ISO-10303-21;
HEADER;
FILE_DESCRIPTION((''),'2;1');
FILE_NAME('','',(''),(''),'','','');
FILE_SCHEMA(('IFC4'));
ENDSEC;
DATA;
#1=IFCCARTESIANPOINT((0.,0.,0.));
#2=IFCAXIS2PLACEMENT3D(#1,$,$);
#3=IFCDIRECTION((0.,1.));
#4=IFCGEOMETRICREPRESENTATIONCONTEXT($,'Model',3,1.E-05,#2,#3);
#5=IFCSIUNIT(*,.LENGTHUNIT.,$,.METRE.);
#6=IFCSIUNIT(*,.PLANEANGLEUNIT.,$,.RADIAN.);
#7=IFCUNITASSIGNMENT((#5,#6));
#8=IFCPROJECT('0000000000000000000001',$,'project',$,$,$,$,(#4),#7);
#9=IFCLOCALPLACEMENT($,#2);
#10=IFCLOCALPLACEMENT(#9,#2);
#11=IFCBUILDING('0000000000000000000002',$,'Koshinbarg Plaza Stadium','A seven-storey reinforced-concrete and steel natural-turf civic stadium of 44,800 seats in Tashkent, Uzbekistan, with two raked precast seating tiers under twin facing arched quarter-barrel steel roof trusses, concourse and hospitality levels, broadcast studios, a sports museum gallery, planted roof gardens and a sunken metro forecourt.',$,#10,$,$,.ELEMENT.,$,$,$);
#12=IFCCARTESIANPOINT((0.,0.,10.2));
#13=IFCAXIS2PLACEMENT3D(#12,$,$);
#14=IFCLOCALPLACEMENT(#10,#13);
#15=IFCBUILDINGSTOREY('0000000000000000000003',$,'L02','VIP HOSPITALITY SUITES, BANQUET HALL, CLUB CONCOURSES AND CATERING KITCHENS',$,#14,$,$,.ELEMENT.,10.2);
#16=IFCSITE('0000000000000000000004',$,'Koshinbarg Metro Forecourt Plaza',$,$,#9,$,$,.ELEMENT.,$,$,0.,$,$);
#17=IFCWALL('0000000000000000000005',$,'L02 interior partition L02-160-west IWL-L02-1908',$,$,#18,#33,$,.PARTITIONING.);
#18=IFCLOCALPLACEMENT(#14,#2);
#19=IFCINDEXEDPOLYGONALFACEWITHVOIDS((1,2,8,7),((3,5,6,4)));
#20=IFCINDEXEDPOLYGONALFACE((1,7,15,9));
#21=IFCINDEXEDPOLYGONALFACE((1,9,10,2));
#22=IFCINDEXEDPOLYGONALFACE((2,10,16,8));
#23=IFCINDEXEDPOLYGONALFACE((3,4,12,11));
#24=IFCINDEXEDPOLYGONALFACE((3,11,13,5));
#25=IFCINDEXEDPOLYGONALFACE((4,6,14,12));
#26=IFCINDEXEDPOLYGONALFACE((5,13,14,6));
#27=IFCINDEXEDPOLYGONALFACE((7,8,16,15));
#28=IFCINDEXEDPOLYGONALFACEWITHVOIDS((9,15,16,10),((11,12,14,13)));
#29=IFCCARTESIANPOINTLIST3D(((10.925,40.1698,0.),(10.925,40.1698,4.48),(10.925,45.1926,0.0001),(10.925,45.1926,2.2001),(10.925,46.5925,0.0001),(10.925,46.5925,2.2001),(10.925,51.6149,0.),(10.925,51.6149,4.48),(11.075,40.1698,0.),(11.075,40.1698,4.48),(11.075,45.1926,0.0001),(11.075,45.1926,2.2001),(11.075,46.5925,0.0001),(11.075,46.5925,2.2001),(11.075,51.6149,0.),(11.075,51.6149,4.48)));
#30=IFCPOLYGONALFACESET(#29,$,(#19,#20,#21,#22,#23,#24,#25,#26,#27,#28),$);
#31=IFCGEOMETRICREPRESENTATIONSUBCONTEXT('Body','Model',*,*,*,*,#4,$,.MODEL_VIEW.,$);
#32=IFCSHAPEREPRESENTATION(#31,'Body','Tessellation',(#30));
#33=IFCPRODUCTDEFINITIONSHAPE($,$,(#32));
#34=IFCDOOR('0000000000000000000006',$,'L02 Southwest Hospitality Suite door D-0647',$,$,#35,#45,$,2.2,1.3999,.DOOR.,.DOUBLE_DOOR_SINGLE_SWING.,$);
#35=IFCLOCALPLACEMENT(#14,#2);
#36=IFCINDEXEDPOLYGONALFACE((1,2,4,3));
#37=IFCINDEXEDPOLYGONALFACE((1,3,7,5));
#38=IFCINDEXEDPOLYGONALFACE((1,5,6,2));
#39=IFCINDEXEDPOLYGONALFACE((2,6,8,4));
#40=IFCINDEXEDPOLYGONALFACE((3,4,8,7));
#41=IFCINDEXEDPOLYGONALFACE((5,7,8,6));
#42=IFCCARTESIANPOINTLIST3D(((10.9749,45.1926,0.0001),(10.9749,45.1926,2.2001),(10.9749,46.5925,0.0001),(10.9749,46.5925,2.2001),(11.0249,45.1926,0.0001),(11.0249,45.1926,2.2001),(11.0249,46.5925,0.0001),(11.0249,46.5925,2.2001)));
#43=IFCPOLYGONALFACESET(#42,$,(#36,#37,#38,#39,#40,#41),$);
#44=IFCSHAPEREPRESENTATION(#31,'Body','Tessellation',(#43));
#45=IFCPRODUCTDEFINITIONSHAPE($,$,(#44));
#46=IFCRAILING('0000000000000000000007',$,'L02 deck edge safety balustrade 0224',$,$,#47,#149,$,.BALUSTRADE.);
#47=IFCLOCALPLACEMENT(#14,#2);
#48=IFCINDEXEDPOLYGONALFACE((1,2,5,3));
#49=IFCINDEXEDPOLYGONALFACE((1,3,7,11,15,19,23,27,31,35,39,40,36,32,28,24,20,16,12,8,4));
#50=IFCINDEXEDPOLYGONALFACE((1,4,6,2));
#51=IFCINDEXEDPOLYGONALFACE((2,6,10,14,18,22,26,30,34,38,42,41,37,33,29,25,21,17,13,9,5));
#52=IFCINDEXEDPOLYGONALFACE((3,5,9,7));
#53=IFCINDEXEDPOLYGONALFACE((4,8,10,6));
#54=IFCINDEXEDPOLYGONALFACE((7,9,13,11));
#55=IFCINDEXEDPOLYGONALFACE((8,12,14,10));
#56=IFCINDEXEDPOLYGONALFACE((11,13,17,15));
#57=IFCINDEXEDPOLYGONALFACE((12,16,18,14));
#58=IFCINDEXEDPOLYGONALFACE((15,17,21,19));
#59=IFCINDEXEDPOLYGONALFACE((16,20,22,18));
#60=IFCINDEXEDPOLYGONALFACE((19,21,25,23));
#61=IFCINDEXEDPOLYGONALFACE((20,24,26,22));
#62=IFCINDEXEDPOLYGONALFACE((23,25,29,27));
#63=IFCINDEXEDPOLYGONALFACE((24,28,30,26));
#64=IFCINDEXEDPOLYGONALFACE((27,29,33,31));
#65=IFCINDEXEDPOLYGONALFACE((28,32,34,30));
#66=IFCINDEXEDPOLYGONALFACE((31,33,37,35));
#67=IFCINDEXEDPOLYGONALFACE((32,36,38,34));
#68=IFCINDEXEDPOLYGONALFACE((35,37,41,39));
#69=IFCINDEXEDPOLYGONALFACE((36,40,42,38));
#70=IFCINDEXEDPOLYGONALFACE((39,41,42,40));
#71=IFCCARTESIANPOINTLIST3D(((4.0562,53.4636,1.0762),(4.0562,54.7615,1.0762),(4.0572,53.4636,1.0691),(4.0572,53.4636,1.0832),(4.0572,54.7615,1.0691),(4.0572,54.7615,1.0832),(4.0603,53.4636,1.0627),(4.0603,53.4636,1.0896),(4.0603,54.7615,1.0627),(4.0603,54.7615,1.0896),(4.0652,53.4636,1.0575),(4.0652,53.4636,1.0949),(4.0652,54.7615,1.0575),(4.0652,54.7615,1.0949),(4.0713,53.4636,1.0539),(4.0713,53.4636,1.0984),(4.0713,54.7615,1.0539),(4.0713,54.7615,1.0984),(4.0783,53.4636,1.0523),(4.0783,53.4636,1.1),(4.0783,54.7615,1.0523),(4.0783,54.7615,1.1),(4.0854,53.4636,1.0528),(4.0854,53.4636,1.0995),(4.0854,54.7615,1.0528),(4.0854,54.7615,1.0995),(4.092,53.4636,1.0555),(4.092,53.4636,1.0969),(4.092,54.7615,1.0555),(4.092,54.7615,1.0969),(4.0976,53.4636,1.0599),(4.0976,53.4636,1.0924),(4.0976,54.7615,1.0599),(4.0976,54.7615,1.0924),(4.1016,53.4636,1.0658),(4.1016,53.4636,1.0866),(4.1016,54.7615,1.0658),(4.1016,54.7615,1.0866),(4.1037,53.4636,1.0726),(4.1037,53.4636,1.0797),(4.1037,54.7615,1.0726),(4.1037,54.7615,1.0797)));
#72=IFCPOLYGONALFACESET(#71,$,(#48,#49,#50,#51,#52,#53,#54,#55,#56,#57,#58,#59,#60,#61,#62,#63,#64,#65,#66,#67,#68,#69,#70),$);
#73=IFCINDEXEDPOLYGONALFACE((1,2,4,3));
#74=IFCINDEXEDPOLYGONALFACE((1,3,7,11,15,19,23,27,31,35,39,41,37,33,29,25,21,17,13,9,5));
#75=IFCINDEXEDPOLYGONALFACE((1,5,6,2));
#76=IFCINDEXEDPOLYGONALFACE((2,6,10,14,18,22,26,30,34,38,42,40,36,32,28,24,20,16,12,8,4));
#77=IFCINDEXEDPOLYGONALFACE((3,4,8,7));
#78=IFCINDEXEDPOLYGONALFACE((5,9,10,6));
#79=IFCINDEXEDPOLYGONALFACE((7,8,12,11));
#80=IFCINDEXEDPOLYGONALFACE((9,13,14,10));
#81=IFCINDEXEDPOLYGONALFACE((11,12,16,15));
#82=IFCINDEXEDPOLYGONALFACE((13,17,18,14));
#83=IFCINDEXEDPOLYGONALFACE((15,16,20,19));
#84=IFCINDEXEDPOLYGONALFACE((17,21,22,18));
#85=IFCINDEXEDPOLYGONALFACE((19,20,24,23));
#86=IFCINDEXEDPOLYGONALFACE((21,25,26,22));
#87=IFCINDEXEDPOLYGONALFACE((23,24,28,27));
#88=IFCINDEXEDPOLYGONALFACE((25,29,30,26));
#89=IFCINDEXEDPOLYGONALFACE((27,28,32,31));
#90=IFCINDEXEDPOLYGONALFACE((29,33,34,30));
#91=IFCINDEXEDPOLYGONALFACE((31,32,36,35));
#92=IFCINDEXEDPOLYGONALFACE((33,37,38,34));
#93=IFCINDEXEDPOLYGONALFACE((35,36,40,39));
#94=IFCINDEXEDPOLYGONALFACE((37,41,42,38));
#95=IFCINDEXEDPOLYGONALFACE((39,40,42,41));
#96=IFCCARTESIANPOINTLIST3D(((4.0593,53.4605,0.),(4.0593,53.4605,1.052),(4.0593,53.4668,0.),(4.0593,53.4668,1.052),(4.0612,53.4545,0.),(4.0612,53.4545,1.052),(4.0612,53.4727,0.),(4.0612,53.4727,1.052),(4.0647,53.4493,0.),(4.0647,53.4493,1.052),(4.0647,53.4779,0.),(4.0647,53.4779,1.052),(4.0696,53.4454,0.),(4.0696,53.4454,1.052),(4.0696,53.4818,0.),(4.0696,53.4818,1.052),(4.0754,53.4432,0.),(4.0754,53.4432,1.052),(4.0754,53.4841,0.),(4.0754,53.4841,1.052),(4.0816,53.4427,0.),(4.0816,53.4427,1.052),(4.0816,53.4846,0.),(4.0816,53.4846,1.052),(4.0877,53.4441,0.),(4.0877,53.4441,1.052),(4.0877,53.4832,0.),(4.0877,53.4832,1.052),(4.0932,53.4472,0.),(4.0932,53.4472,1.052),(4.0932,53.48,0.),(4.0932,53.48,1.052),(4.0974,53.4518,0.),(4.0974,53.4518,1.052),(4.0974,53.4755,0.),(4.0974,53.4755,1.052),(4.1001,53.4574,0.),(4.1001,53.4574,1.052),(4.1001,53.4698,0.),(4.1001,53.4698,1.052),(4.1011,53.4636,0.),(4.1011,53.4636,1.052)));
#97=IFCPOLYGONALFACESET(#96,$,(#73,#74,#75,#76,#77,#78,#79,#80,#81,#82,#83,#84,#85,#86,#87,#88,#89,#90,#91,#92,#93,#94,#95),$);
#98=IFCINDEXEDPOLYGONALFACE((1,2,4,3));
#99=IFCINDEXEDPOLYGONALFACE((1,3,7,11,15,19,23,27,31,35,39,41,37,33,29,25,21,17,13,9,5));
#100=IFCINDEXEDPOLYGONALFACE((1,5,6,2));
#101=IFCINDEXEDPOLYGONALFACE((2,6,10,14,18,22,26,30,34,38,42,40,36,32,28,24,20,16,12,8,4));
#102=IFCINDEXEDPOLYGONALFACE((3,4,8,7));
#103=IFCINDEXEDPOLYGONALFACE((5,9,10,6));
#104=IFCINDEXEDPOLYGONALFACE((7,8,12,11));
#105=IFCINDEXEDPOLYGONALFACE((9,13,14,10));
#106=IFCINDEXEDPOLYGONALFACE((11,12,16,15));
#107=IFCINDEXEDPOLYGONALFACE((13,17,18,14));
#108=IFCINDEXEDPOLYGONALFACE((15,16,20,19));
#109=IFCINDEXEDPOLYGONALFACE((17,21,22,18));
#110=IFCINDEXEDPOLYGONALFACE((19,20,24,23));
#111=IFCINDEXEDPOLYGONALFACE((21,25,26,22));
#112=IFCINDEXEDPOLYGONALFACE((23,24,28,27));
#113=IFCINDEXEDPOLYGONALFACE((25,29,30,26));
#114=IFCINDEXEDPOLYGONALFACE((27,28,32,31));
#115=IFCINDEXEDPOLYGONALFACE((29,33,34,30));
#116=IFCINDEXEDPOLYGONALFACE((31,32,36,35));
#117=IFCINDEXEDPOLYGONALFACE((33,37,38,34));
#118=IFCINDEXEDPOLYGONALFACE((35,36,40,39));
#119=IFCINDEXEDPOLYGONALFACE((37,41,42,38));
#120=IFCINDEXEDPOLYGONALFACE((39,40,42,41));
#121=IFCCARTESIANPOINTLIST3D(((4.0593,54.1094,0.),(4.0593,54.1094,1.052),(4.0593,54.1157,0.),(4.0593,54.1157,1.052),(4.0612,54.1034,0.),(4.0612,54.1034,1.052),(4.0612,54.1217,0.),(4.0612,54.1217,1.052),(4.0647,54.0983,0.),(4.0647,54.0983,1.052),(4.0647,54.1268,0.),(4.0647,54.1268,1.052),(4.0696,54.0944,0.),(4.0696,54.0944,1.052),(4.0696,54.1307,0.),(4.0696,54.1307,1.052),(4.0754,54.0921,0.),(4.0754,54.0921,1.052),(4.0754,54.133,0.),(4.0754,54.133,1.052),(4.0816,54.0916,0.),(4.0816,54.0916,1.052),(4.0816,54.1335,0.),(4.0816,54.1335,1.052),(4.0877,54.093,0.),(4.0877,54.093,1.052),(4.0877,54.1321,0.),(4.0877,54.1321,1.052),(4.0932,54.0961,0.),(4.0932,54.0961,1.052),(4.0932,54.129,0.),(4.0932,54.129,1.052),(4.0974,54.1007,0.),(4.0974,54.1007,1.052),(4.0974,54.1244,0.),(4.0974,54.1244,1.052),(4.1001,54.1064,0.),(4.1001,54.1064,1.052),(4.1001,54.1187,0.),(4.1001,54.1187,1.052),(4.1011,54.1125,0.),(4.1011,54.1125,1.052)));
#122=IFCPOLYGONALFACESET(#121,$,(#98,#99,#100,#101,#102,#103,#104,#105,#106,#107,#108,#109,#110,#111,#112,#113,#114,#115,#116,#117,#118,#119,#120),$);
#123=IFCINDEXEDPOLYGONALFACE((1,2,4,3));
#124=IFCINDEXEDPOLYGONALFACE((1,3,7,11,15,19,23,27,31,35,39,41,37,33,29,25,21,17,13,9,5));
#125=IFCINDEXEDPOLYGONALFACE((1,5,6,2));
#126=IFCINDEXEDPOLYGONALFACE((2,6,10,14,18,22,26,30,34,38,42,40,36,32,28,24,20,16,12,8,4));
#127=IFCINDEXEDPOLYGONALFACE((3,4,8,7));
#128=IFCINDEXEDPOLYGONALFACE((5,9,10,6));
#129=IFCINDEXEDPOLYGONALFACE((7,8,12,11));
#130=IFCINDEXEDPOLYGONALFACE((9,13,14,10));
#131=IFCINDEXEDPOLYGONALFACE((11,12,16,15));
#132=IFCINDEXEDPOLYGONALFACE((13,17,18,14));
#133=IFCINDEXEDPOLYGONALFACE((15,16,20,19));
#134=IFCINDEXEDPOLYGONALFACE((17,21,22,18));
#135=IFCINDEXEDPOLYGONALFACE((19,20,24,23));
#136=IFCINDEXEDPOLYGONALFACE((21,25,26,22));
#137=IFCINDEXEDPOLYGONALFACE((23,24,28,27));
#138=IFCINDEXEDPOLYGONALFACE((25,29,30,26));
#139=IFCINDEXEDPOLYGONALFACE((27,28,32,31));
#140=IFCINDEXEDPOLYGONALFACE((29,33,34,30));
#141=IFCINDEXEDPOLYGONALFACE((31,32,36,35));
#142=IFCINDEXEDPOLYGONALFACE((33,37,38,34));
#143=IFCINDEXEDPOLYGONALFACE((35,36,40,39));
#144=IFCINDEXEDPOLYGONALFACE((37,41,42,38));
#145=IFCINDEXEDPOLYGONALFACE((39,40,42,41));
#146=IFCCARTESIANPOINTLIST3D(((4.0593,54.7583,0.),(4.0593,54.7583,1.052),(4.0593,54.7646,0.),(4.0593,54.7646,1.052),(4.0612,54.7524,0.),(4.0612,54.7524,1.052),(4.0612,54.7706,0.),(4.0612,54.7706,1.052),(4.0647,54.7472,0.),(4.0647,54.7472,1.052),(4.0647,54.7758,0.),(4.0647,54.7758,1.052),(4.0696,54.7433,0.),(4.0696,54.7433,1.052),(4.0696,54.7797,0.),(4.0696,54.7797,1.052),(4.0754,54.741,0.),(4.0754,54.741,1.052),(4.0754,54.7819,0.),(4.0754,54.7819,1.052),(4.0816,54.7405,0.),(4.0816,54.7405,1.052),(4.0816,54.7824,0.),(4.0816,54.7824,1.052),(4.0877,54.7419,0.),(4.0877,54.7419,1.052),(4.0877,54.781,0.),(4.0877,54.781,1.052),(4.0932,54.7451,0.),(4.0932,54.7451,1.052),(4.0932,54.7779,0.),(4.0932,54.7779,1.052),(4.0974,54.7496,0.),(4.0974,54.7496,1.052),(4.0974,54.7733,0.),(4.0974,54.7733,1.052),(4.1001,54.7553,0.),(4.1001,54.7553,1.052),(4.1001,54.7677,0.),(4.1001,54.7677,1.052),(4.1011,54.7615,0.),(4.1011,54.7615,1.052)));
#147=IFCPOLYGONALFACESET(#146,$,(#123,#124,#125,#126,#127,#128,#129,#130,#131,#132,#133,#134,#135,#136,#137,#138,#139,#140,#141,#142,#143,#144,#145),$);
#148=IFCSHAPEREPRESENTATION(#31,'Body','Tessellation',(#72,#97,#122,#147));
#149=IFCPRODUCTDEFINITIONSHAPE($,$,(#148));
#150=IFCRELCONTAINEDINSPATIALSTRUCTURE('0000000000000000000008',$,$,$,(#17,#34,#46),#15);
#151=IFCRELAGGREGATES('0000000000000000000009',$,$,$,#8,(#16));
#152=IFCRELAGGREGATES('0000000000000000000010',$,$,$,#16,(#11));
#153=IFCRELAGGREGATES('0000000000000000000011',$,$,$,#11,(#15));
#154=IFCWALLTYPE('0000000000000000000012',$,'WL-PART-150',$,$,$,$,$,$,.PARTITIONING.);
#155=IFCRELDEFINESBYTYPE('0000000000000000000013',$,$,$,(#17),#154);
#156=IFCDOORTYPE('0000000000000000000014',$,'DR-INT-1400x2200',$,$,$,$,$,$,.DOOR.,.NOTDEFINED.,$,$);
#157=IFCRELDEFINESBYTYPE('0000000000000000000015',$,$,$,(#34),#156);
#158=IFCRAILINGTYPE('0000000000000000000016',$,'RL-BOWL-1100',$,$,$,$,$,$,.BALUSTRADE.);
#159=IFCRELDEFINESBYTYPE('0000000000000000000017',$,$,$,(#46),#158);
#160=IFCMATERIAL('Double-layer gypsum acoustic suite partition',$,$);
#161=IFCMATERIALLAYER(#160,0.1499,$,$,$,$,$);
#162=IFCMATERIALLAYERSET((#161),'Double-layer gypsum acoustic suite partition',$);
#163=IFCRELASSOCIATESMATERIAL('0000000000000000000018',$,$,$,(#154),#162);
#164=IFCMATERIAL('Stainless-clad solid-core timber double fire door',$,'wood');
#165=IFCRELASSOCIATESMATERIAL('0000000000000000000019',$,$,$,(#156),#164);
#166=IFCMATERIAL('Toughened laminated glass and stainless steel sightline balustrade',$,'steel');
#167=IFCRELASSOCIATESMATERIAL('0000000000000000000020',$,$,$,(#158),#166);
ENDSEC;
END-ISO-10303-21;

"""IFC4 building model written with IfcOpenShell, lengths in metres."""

from ifc_helpers import new_model, si_unit, direction, frame, frame_2d, origin, origin_2d, place, context, subcontext, project, spatial, rectangle, circle, extrude, material, layer, layer_set, type_object, element, fill, save


model = new_model("IFC4")

# Units and contexts
model_context = context("Model", 3, precision=1e-05, world=origin(), true_north=direction((0.0, 1.0)))
body_context = subcontext(model_context, "Body", "Model", "MODEL_VIEW")
ifc_project = project(units=[si_unit("LENGTHUNIT", "METRE"), si_unit("PLANEANGLEUNIT", "RADIAN")], contexts=[model_context])

# Site, building, storey
site_placement = place(None, origin())
site = spatial("IfcSite", under=ifc_project, at=site_placement, Name="Koshinbarg Metro Forecourt Plaza", CompositionType="ELEMENT", RefElevation=0.0)
building_placement = place(site_placement, origin())
building = spatial("IfcBuilding", under=site, at=building_placement, Name="Koshinbarg Plaza Stadium", Description="A seven-storey reinforced-concrete and steel natural-turf civic stadium of 44,800 seats in Tashkent, Uzbekistan, with two raked precast seating tiers under twin facing arched quarter-barrel steel roof trusses, concourse and hospitality levels, broadcast studios, a sports museum gallery, planted roof gardens and a sunken metro forecourt.", CompositionType="ELEMENT")
storey_placement = place(building_placement, frame((0.0, 0.0, 10.2)))
storey = spatial("IfcBuildingStorey", under=building, at=storey_placement, Name="L02", Description="VIP HOSPITALITY SUITES, BANQUET HALL, CLUB CONCOURSES AND CATERING KITCHENS", CompositionType="ELEMENT", Elevation=10.2)

# Wall, opening, door
ifc_material_1 = material(Name="Double-layer gypsum acoustic suite partition")
ifc_layer_1 = layer(ifc_material_1, 0.1499)
ifc_layer_set_1 = layer_set([ifc_layer_1], Name="Double-layer gypsum acoustic suite partition")
wall_type_1 = type_object("IfcWallType", Name="WL-PART-150", PredefinedType="PARTITIONING", material=ifc_layer_set_1)
wall_1_placement = place(storey_placement, frame((11.0, 51.615, 0.0), z_axis=(0.0, 0.0, 1.0), x_axis=(0.0, -1.0, 0.0)))
wall_1 = element("IfcWall", 1, at=wall_1_placement, inside=storey, type_object=wall_type_1, Name="L02 interior partition L02-160-west IWL-L02-1908", PredefinedType="PARTITIONING", context=body_context, shape_type="SweptSolid", body=[
    extrude(rectangle(XDim=11.4451, YDim=0.1499, at=frame_2d((5.7227, 0.0))), origin(), (0.0, 0.0, 1.0), 4.48),
])
opening_1_placement = place(wall_1_placement, frame((5.0225, 0.0, 0.0)))
opening_1 = element("IfcOpeningElement", 2, at=opening_1_placement, cuts=wall_1, PredefinedType="OPENING", context=body_context, shape_type="SweptSolid", body=[
    extrude(rectangle(XDim=1.3999, YDim=2.2, at=frame_2d((0.7, 1.1001))), frame((0.0, 0.085, 0.0), z_axis=(0.0, -1.0, 0.0), x_axis=(1.0, 0.0, 0.0)), (0.0, 0.0, 1.0), 0.1699),
])
ifc_material_2 = material(Name="Stainless-clad solid-core timber double fire door", Category="wood")
door_type_1 = type_object("IfcDoorType", Name="DR-INT-1400x2200", OperationType="NOTDEFINED", PredefinedType="DOOR", material=ifc_material_2)
door_1_placement = place(opening_1_placement, origin())
door_1 = element("IfcDoor", 3, at=door_1_placement, inside=storey, type_object=door_type_1, Name="L02 Southwest Hospitality Suite door D-0647", OperationType="DOUBLE_DOOR_SINGLE_SWING", OverallHeight=2.2, OverallWidth=1.3999, PredefinedType="DOOR", context=body_context, shape_type="SweptSolid", body=[
    extrude(rectangle(XDim=1.3999, YDim=2.2, at=frame_2d((0.7, 1.1001))), frame((0.0, 0.0249, 0.0), z_axis=(0.0, -1.0, 0.0), x_axis=(1.0, 0.0, 0.0)), (0.0, 0.0, 1.0), 0.05),
])
fill(opening_1, door_1)

# Railing
ifc_material_3 = material(Name="Toughened laminated glass and stainless steel sightline balustrade", Category="steel")
railing_type = type_object("IfcRailingType", Name="RL-BOWL-1100", PredefinedType="BALUSTRADE", material=ifc_material_3)
railing_placement = place(storey_placement, frame((4.0801, 53.4636, 0.0)))
element("IfcRailing", 4, at=railing_placement, inside=storey, type_object=railing_type, Name="L02 deck edge safety balustrade 0224", PredefinedType="BALUSTRADE", context=body_context, shape_type="SweptSolid", body=[
    extrude(circle(Radius=0.0239, at=origin_2d()), frame((0.0, 0.0, 1.0762), z_axis=(0.0, 1.0, 0.0), x_axis=(-1.0, 0.0, 0.0)), (0.0, 0.0, 1.0), 1.2979),
    extrude(circle(Radius=0.021, at=origin_2d()), origin(), (0.0, 0.0, 1.0), 1.052),
    extrude(circle(Radius=0.021, at=origin_2d()), frame((0.0, 0.6489, 0.0)), (0.0, 0.0, 1.0), 1.052),
    extrude(circle(Radius=0.021, at=origin_2d()), frame((0.0, 1.2979, 0.0)), (0.0, 0.0, 1.0), 1.052),
])

save(model, "model.ifc")
